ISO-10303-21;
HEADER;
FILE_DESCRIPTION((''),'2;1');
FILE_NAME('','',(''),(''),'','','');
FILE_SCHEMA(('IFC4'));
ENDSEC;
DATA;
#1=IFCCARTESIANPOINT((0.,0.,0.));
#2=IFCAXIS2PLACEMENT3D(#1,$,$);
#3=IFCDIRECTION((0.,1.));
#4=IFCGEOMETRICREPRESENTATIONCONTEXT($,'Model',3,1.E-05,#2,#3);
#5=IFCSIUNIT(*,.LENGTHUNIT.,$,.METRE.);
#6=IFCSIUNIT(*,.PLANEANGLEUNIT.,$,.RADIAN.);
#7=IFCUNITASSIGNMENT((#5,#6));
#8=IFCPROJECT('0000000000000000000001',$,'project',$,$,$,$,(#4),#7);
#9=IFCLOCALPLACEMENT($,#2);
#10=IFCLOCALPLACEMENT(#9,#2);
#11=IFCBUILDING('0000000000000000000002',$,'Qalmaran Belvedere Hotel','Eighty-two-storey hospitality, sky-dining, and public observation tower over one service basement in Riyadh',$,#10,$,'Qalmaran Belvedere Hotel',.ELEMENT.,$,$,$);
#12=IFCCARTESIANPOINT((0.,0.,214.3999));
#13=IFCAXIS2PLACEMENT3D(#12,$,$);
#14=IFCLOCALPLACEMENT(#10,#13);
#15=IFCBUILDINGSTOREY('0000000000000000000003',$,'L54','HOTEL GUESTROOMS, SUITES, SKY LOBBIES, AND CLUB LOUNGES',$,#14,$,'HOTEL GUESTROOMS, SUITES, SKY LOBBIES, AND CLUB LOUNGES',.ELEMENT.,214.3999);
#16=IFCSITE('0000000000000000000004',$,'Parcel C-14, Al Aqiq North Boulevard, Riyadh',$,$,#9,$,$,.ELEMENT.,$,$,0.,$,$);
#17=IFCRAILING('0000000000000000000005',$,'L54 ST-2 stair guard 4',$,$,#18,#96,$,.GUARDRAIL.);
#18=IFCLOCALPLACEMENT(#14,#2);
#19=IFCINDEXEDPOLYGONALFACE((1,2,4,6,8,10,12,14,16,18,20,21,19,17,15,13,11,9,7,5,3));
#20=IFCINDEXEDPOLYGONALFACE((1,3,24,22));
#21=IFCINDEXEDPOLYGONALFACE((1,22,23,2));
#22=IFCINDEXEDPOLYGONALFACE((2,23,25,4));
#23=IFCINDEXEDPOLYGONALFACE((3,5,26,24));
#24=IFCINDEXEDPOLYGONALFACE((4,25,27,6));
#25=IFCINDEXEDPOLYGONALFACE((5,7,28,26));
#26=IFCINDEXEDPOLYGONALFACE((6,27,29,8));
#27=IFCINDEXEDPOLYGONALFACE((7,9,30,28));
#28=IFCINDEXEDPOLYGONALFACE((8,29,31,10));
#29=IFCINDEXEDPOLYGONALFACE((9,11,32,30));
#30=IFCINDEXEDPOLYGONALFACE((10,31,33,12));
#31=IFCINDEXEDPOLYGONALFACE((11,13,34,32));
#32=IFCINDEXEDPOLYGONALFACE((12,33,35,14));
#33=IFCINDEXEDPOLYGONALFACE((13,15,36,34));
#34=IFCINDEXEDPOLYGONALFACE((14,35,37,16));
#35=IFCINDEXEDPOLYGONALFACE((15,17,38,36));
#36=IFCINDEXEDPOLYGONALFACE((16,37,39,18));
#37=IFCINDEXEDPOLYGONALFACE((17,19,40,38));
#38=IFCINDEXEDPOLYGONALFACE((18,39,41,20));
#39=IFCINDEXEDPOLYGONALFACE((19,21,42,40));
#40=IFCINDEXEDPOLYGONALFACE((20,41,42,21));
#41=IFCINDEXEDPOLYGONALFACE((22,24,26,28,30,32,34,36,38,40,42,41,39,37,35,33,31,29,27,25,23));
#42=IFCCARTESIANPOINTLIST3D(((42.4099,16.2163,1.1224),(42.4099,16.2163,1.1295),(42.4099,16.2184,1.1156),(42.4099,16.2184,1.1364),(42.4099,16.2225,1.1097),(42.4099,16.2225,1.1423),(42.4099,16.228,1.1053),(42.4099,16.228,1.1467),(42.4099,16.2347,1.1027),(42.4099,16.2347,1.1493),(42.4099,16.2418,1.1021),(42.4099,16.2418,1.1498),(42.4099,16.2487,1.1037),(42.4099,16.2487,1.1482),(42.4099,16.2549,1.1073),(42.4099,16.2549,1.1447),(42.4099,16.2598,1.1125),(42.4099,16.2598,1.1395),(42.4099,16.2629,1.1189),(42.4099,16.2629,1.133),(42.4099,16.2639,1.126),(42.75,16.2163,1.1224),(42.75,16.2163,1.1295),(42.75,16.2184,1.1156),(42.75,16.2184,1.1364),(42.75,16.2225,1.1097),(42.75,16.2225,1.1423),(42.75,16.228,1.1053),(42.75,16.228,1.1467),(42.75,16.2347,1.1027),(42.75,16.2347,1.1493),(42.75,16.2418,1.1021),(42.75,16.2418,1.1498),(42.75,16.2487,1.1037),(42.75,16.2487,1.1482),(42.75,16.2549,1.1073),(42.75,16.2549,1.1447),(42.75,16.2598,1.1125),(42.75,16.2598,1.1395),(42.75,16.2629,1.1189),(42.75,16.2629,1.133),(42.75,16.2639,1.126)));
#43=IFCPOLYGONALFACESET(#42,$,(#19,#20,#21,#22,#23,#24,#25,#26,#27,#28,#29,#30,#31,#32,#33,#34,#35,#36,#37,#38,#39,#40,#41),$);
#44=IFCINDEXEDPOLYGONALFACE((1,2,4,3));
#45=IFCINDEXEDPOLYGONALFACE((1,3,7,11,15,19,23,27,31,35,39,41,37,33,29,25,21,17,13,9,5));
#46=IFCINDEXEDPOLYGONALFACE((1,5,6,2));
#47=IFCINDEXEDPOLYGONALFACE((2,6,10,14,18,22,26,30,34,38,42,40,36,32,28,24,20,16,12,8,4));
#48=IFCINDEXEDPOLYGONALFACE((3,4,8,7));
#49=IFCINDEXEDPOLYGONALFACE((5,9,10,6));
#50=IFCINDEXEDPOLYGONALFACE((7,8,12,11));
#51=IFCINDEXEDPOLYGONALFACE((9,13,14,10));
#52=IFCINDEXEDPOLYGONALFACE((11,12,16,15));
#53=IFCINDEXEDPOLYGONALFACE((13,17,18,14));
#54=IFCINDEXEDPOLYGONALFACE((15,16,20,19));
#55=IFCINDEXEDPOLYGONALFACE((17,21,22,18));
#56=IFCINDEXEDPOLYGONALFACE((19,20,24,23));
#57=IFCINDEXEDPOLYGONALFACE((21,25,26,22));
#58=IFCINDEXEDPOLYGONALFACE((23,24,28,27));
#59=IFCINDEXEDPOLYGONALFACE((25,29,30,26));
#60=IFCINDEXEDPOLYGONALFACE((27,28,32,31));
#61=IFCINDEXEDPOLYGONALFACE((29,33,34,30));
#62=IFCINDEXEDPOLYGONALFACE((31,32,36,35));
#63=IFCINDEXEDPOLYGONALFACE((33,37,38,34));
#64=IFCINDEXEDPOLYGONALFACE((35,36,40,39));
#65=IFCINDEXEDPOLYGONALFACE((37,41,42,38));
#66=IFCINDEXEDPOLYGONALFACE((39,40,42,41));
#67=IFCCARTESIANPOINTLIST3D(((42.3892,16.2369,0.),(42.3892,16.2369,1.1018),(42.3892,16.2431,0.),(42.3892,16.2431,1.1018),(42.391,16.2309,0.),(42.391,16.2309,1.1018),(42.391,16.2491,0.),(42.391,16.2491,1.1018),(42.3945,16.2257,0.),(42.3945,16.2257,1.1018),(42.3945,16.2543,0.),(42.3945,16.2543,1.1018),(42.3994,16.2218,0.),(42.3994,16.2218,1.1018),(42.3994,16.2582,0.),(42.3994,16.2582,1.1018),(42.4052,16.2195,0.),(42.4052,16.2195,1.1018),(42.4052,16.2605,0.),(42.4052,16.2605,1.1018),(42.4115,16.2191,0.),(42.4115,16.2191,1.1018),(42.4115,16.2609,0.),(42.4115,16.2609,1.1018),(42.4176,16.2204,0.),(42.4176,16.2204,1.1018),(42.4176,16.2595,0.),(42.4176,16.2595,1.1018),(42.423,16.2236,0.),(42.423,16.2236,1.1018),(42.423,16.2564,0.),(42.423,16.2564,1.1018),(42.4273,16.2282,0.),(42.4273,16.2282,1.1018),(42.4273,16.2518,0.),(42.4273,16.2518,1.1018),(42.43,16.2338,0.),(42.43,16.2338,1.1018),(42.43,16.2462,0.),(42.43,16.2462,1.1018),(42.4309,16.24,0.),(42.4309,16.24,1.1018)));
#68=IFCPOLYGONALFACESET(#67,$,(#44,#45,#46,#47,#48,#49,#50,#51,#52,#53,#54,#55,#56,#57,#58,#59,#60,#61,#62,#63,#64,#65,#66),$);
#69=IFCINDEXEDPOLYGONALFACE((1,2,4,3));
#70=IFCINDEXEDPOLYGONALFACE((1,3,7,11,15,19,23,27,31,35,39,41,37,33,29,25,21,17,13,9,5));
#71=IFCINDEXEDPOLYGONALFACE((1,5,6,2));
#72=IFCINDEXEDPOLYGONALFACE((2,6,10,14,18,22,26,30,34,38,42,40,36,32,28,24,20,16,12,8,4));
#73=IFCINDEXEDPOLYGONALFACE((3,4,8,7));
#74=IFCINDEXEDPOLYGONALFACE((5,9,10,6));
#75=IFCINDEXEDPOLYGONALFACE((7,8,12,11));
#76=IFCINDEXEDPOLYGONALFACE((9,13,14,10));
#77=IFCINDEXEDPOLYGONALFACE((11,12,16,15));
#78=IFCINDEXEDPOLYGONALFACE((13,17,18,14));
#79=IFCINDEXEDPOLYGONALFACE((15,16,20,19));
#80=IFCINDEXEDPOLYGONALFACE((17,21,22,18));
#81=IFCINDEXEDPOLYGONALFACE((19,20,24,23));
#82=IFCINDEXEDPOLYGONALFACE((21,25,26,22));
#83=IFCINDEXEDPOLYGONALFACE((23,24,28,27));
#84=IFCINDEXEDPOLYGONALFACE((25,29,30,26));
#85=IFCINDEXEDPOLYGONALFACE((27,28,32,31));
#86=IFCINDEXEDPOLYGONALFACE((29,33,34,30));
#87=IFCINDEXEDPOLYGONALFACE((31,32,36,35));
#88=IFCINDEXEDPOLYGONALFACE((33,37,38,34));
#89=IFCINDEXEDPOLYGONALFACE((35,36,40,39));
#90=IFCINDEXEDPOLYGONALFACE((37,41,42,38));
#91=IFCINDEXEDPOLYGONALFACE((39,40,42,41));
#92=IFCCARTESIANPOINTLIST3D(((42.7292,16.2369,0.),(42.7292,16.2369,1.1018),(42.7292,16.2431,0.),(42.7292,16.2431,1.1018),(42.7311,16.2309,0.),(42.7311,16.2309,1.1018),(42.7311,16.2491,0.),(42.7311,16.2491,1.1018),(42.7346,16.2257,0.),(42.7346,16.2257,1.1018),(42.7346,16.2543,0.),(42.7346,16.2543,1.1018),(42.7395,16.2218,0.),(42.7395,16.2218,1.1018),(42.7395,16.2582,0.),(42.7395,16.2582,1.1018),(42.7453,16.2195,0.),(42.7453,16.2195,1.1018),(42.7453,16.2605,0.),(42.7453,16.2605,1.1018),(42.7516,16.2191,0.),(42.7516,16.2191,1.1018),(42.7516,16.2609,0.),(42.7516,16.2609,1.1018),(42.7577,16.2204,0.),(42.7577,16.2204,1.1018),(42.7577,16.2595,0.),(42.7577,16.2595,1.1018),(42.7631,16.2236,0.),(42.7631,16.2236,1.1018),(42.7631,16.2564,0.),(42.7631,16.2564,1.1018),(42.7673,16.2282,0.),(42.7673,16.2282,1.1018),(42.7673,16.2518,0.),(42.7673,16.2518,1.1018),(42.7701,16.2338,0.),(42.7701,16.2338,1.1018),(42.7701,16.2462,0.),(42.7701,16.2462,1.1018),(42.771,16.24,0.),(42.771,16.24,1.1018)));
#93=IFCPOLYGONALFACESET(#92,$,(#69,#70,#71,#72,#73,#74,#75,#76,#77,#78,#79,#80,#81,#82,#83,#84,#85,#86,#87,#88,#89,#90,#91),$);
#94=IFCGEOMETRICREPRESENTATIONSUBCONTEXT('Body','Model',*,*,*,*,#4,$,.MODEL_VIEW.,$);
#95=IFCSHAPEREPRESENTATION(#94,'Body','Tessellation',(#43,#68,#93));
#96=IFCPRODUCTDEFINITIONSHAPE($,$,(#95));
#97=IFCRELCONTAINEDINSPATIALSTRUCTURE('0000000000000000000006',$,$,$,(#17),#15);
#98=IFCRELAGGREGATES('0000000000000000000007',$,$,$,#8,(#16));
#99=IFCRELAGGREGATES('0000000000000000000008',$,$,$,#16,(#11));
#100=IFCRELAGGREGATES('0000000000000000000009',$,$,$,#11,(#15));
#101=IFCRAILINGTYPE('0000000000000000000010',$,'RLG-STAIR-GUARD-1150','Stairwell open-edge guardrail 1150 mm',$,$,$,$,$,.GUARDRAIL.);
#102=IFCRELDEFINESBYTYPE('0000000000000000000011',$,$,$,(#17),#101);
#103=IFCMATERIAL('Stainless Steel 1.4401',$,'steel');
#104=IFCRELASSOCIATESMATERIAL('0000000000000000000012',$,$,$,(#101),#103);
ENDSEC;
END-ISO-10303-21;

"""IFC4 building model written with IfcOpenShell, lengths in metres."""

from ifc_helpers import new_model, si_unit, direction, frame, origin, origin_2d, place, context, subcontext, project, spatial, circle, extrude, material, type_object, element, save


model = new_model("IFC4")

# Units and contexts
model_context = context("Model", 3, precision=1e-05, world=origin(), true_north=direction((0.0, 1.0)))
body_context = subcontext(model_context, "Body", "Model", "MODEL_VIEW")
ifc_project = project(units=[si_unit("LENGTHUNIT", "METRE"), si_unit("PLANEANGLEUNIT", "RADIAN")], contexts=[model_context])

# Site, building, storey
site_placement = place(None, origin())
site = spatial("IfcSite", under=ifc_project, at=site_placement, Name="Parcel C-14, Al Aqiq North Boulevard, Riyadh", CompositionType="ELEMENT", RefElevation=0.0)
building_placement = place(site_placement, origin())
building = spatial("IfcBuilding", under=site, at=building_placement, Name="Qalmaran Belvedere Hotel", Description="Eighty-two-storey hospitality, sky-dining, and public observation tower over one service basement in Riyadh", LongName="Qalmaran Belvedere Hotel", CompositionType="ELEMENT")
storey_placement = place(building_placement, frame((0.0, 0.0, 214.3999)))
storey = spatial("IfcBuildingStorey", under=building, at=storey_placement, Name="L54", Description="HOTEL GUESTROOMS, SUITES, SKY LOBBIES, AND CLUB LOUNGES", LongName="HOTEL GUESTROOMS, SUITES, SKY LOBBIES, AND CLUB LOUNGES", CompositionType="ELEMENT", Elevation=214.3999)

# Railing
ifc_material_1 = material(Name="Stainless Steel 1.4401", Category="steel")
railing_type_1 = type_object("IfcRailingType", Name="RLG-STAIR-GUARD-1150", Description="Stairwell open-edge guardrail 1150 mm", PredefinedType="GUARDRAIL", material=ifc_material_1)
railing_1_placement = place(storey_placement, frame((42.4099, 16.24, 0.0)))
element("IfcRailing", 1, at=railing_1_placement, inside=storey, type_object=railing_type_1, Name="L54 ST-2 stair guard 4", PredefinedType="GUARDRAIL", context=body_context, shape_type="SweptSolid", body=[
    extrude(circle(Radius=0.0239, at=origin_2d()), frame((0.0, 0.0, 1.126), z_axis=(1.0, 0.0, 0.0), x_axis=(0.0, 1.0, 0.0)), (0.0, 0.0, 1.0), 0.3401),
    extrude(circle(Radius=0.021, at=origin_2d()), origin(), (0.0, 0.0, 1.0), 1.1018),
    extrude(circle(Radius=0.021, at=origin_2d()), frame((0.3401, 0.0, 0.0)), (0.0, 0.0, 1.0), 1.1018),
])

save(model, "model.ifc")
